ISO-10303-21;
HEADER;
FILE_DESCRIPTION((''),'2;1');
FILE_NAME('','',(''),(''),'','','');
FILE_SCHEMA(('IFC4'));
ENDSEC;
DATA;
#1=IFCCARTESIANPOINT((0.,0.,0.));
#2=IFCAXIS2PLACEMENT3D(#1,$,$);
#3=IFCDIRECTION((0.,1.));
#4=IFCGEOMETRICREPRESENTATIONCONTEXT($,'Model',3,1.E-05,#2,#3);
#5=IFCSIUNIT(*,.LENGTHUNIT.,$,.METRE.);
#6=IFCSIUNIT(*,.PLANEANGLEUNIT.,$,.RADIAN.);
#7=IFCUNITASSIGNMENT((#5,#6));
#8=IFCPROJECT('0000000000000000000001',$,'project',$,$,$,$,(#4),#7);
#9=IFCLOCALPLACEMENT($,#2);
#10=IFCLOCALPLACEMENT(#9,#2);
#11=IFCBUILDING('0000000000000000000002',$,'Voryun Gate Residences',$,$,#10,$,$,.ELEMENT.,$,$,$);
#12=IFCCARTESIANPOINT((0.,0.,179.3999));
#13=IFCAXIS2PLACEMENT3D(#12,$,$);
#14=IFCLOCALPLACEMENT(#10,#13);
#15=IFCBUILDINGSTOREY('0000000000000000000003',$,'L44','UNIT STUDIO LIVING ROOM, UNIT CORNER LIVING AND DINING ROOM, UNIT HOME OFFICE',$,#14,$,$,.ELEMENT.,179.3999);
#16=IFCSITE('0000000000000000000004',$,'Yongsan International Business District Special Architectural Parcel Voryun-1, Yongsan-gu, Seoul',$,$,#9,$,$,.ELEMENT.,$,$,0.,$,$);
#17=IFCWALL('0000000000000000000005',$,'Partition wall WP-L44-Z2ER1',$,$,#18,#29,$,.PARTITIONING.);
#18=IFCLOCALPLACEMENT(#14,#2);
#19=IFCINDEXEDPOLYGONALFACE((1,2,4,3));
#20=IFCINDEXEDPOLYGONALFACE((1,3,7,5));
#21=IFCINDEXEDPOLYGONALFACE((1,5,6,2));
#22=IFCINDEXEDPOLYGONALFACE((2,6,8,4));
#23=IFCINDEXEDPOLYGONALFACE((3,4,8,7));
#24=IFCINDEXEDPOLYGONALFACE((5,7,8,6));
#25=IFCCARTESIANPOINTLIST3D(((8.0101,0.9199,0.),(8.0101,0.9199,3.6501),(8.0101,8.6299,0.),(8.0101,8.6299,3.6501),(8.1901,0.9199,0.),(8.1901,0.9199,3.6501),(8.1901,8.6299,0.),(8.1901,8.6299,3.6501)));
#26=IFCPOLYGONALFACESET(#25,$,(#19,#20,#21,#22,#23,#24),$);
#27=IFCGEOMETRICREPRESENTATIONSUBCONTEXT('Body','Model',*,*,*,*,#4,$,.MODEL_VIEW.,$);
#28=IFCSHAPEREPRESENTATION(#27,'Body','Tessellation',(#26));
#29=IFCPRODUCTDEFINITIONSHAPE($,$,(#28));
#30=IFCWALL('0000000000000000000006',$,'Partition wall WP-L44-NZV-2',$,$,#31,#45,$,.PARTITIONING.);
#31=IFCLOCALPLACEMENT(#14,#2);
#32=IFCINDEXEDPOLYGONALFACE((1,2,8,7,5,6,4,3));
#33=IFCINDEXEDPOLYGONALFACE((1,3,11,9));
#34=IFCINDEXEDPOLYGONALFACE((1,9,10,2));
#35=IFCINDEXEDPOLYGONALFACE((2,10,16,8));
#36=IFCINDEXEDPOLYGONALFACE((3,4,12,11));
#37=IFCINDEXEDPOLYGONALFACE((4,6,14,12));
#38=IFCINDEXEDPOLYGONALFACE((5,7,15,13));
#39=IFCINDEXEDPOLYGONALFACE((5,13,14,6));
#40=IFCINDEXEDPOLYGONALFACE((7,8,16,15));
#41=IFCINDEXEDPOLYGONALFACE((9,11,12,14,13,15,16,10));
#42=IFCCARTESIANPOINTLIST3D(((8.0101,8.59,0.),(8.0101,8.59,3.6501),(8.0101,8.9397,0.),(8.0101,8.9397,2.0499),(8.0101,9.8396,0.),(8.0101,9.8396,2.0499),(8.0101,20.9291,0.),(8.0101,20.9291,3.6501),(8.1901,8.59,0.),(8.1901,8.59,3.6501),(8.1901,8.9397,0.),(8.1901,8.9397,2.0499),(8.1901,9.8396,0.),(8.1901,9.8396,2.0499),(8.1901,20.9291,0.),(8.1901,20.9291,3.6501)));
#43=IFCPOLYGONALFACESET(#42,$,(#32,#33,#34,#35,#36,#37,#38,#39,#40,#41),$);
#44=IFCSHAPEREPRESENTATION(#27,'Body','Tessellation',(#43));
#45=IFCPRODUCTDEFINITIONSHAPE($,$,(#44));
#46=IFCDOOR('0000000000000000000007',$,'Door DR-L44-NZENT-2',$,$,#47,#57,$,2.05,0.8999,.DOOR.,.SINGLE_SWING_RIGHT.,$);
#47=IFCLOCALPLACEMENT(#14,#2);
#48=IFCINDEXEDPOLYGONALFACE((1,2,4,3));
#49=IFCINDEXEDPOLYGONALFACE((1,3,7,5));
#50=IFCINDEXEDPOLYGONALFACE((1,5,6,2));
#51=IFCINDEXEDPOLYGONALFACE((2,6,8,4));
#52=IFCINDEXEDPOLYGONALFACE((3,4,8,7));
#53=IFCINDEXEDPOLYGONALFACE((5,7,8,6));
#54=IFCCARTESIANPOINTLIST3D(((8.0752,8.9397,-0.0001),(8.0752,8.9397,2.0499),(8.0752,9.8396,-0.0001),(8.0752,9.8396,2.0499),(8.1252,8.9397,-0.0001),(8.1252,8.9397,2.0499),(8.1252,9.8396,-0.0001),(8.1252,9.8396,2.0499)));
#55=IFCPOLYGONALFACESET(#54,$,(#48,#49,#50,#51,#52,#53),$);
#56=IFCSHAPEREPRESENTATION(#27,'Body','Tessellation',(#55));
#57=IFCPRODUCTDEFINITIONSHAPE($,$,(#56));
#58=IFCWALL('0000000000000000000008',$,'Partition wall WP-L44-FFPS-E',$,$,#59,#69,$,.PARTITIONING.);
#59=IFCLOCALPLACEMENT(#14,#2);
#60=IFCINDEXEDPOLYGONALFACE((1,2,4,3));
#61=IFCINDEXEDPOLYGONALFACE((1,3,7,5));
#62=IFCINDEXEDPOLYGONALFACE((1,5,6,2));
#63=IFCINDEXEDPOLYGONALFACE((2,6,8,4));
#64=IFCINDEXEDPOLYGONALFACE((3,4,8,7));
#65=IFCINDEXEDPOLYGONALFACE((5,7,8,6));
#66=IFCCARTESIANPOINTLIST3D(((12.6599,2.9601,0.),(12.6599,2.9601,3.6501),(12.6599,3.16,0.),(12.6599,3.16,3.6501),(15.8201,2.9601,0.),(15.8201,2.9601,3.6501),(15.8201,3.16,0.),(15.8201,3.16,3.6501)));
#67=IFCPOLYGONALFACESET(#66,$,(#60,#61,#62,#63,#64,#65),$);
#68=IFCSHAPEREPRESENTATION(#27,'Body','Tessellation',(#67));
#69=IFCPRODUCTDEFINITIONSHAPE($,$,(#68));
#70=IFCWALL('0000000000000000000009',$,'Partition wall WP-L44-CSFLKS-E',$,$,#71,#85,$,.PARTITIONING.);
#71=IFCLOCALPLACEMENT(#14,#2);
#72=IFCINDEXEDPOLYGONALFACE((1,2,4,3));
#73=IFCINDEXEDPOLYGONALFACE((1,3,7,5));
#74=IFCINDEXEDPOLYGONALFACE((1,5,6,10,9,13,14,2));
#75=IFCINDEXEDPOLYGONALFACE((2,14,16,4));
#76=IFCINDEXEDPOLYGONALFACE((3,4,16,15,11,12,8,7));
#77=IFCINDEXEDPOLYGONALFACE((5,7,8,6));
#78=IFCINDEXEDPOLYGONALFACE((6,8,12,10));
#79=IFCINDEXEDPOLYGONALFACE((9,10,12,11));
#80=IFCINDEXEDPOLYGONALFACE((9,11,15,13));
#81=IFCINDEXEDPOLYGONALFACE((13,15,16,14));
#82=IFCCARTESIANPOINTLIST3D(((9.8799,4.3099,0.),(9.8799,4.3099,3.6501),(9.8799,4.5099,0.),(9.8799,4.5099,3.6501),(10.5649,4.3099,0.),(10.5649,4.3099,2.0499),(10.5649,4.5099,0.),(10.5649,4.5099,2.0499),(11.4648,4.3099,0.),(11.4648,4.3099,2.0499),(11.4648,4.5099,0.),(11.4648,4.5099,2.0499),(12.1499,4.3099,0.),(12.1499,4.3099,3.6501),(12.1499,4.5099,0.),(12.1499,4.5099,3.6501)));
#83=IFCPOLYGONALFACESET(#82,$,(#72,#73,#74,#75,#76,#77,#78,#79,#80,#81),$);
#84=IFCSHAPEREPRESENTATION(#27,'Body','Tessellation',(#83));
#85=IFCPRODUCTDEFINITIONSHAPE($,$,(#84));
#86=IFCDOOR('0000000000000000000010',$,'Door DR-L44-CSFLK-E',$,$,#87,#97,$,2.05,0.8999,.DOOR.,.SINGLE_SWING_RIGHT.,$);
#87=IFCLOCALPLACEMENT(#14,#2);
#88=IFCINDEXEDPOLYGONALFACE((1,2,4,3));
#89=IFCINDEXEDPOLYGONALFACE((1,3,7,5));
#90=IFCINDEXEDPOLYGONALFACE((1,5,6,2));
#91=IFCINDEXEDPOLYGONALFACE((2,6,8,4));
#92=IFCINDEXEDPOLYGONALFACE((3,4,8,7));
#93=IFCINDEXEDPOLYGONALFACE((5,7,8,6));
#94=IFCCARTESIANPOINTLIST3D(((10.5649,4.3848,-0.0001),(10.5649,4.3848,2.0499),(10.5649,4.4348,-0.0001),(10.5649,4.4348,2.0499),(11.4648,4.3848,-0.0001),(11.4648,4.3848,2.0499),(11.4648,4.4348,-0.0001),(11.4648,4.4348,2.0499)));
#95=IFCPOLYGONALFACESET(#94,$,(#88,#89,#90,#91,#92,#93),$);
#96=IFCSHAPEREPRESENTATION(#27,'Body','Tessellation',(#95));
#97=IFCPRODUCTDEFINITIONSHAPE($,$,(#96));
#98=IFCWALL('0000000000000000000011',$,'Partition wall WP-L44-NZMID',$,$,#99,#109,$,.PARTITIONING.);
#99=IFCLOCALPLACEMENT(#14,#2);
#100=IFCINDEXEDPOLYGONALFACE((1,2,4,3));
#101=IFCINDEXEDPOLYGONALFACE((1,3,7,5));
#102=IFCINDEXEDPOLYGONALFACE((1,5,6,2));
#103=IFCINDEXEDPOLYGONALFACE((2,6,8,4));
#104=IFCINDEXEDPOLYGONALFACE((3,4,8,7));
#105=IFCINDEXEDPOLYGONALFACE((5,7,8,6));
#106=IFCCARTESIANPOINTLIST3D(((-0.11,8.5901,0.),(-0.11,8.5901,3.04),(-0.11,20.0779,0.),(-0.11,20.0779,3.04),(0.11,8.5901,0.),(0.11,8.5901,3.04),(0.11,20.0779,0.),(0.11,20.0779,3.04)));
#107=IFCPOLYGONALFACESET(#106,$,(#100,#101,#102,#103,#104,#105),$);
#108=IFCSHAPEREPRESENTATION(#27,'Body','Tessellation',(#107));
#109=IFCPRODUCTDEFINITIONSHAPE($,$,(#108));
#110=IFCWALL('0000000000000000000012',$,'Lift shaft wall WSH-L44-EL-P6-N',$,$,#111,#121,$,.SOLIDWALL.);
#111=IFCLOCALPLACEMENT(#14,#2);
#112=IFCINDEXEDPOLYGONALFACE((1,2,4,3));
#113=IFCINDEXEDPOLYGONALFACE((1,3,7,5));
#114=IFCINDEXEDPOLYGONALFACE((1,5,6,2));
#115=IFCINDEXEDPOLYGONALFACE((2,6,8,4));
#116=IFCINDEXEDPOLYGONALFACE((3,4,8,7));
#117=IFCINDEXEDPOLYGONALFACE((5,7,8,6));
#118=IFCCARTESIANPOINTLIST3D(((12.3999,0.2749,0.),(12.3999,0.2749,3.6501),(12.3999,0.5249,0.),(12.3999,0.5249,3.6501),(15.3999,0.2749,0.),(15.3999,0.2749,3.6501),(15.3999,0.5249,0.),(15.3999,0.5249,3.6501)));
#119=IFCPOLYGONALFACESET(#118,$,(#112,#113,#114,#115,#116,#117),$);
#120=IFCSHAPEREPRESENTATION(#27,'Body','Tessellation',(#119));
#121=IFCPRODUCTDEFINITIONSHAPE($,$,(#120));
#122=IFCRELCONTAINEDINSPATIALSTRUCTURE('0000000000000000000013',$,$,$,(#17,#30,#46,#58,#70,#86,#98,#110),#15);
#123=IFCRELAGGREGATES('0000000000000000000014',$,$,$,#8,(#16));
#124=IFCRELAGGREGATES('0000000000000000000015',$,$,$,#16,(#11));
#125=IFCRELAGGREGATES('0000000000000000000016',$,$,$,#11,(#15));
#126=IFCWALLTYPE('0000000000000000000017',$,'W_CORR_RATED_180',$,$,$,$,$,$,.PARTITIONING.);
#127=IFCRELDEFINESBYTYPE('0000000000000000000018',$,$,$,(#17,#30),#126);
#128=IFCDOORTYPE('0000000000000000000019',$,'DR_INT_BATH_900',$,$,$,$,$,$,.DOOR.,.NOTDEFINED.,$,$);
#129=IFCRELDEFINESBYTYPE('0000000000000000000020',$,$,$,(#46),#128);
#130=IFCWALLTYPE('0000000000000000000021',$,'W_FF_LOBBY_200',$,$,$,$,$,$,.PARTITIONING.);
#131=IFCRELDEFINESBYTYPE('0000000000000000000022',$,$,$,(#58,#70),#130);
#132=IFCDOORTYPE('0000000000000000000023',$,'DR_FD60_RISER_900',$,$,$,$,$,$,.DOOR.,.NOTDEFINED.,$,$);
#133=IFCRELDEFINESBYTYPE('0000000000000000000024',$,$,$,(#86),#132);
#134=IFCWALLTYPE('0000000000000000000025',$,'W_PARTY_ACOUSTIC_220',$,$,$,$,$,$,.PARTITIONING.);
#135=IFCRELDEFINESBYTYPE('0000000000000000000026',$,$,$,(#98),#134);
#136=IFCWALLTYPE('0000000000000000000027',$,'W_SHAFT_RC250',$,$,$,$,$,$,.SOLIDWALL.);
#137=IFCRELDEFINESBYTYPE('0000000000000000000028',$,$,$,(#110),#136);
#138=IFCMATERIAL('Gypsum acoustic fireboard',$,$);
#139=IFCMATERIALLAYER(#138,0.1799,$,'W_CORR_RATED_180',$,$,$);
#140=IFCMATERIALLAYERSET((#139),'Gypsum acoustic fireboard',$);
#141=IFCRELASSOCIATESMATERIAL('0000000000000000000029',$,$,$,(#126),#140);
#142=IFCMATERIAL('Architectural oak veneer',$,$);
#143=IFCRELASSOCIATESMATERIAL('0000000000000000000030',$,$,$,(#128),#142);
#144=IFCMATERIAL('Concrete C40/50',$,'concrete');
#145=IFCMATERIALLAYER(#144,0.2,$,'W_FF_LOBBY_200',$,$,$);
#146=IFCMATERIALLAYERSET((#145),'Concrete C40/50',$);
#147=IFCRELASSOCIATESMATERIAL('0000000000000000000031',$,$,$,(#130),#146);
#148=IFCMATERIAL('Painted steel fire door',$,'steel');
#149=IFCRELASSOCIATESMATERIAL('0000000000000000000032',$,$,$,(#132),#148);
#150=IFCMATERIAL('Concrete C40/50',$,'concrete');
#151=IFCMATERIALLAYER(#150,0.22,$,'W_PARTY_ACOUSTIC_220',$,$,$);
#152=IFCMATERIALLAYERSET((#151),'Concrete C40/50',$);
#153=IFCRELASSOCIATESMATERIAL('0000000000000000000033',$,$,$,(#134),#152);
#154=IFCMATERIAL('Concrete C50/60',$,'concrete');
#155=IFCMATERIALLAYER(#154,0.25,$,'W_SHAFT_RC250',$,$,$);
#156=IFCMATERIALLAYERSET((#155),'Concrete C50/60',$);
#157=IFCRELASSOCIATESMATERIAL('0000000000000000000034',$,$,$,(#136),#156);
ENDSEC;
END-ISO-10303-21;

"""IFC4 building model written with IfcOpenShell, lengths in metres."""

from ifc_helpers import new_model, si_unit, direction, frame, frame_2d, origin, place, context, subcontext, project, spatial, rectangle, extrude, material, layer, layer_set, type_object, element, fill, save


model = new_model("IFC4")

# Units and contexts
model_context = context("Model", 3, precision=1e-05, world=origin(), true_north=direction((0.0, 1.0)))
body_context = subcontext(model_context, "Body", "Model", "MODEL_VIEW")
ifc_project = project(units=[si_unit("LENGTHUNIT", "METRE"), si_unit("PLANEANGLEUNIT", "RADIAN")], contexts=[model_context])

# Site, building, storey
site_placement = place(None, origin())
site = spatial("IfcSite", under=ifc_project, at=site_placement, Name="Yongsan International Business District Special Architectural Parcel Voryun-1, Yongsan-gu, Seoul", CompositionType="ELEMENT", RefElevation=0.0)
building_placement = place(site_placement, origin())
building = spatial("IfcBuilding", under=site, at=building_placement, Name="Voryun Gate Residences", CompositionType="ELEMENT")
storey_placement = place(building_placement, frame((0.0, 0.0, 179.3999)))
storey = spatial("IfcBuildingStorey", under=building, at=storey_placement, Name="L44", Description="UNIT STUDIO LIVING ROOM, UNIT CORNER LIVING AND DINING ROOM, UNIT HOME OFFICE", CompositionType="ELEMENT", Elevation=179.3999)

# Wall
ifc_material_1 = material(Name="Gypsum acoustic fireboard")
ifc_layer_1 = layer(ifc_material_1, 0.1799, Name="W_CORR_RATED_180")
ifc_layer_set_1 = layer_set([ifc_layer_1], Name="Gypsum acoustic fireboard")
wall_type_1 = type_object("IfcWallType", Name="W_CORR_RATED_180", PredefinedType="PARTITIONING", material=ifc_layer_set_1)
wall_1_placement = place(storey_placement, frame((8.1001, 0.9199, 0.0), z_axis=(0.0, 0.0, 1.0), x_axis=(0.0, 1.0, 0.0)))
element("IfcWall", 1, at=wall_1_placement, inside=storey, type_object=wall_type_1, Name="Partition wall WP-L44-Z2ER1", PredefinedType="PARTITIONING", context=body_context, shape_type="SweptSolid", body=[
    extrude(rectangle(XDim=7.71, YDim=0.1799, at=frame_2d((3.855, 0.0))), origin(), (0.0, 0.0, 1.0), 3.6501),
])

# Wall, opening, door
wall_2_placement = place(storey_placement, frame((8.1001, 8.5901, 0.0), z_axis=(0.0, 0.0, 1.0), x_axis=(0.0, 1.0, 0.0)))
wall_2 = element("IfcWall", 2, at=wall_2_placement, inside=storey, type_object=wall_type_1, Name="Partition wall WP-L44-NZV-2", PredefinedType="PARTITIONING", context=body_context, shape_type="SweptSolid", body=[
    extrude(rectangle(XDim=12.3391, YDim=0.1799, at=frame_2d((6.1694, 0.0))), origin(), (0.0, 0.0, 1.0), 3.6501),
])
opening_1_placement = place(wall_2_placement, frame((0.3496, 0.0, 0.0)))
opening_1 = element("IfcOpeningElement", 3, at=opening_1_placement, cuts=wall_2, PredefinedType="OPENING", context=body_context, shape_type="SweptSolid", body=[
    extrude(rectangle(XDim=0.8999, YDim=2.05, at=frame_2d((0.45, 1.0249))), frame((0.0, 0.0999, 0.0), z_axis=(0.0, -1.0, 0.0), x_axis=(1.0, 0.0, 0.0)), (0.0, 0.0, 1.0), 0.2),
])
ifc_material_2 = material(Name="Architectural oak veneer")
door_type_1 = type_object("IfcDoorType", Name="DR_INT_BATH_900", OperationType="NOTDEFINED", PredefinedType="DOOR", material=ifc_material_2)
door_1_placement = place(opening_1_placement, origin())
door_1 = element("IfcDoor", 4, at=door_1_placement, inside=storey, type_object=door_type_1, Name="Door DR-L44-NZENT-2", OperationType="SINGLE_SWING_RIGHT", OverallHeight=2.05, OverallWidth=0.8999, PredefinedType="DOOR", context=body_context, shape_type="SweptSolid", body=[
    extrude(rectangle(XDim=0.8999, YDim=2.05, at=frame_2d((0.45, 1.0249))), frame((0.0, 0.0249, 0.0), z_axis=(0.0, -1.0, 0.0), x_axis=(1.0, 0.0, 0.0)), (0.0, 0.0, 1.0), 0.05),
])
fill(opening_1, door_1)

# Wall
ifc_material_3 = material(Name="Concrete C40/50", Category="concrete")
ifc_layer_2 = layer(ifc_material_3, 0.2, Name="W_FF_LOBBY_200")
ifc_layer_set_2 = layer_set([ifc_layer_2], Name="Concrete C40/50")
wall_type_2 = type_object("IfcWallType", Name="W_FF_LOBBY_200", PredefinedType="PARTITIONING", material=ifc_layer_set_2)
wall_3_placement = place(storey_placement, frame((12.6599, 3.0601, 0.0), z_axis=(0.0, 0.0, 1.0), x_axis=(1.0, 0.0, 0.0)))
element("IfcWall", 5, at=wall_3_placement, inside=storey, type_object=wall_type_2, Name="Partition wall WP-L44-FFPS-E", PredefinedType="PARTITIONING", context=body_context, shape_type="SweptSolid", body=[
    extrude(rectangle(XDim=3.1602, YDim=0.2, at=frame_2d((1.5801, 0.0))), origin(), (0.0, 0.0, 1.0), 3.6501),
])

# Wall, opening, door
wall_4_placement = place(storey_placement, frame((9.8799, 4.4099, 0.0), z_axis=(0.0, 0.0, 1.0), x_axis=(1.0, 0.0, 0.0)))
wall_4 = element("IfcWall", 6, at=wall_4_placement, inside=storey, type_object=wall_type_2, Name="Partition wall WP-L44-CSFLKS-E", PredefinedType="PARTITIONING", context=body_context, shape_type="SweptSolid", body=[
    extrude(rectangle(XDim=2.27, YDim=0.2, at=frame_2d((1.135, 0.0))), origin(), (0.0, 0.0, 1.0), 3.6501),
])
opening_2_placement = place(wall_4_placement, frame((0.6851, 0.0, 0.0)))
opening_2 = element("IfcOpeningElement", 7, at=opening_2_placement, cuts=wall_4, PredefinedType="OPENING", context=body_context, shape_type="SweptSolid", body=[
    extrude(rectangle(XDim=0.8999, YDim=2.05, at=frame_2d((0.45, 1.0249))), frame((0.0, 0.1101, 0.0), z_axis=(0.0, -1.0, 0.0), x_axis=(1.0, 0.0, 0.0)), (0.0, 0.0, 1.0), 0.22),
])
ifc_material_4 = material(Name="Painted steel fire door", Category="steel")
door_type_2 = type_object("IfcDoorType", Name="DR_FD60_RISER_900", OperationType="NOTDEFINED", PredefinedType="DOOR", material=ifc_material_4)
door_2_placement = place(opening_2_placement, origin())
door_2 = element("IfcDoor", 8, at=door_2_placement, inside=storey, type_object=door_type_2, Name="Door DR-L44-CSFLK-E", OperationType="SINGLE_SWING_RIGHT", OverallHeight=2.05, OverallWidth=0.8999, PredefinedType="DOOR", context=body_context, shape_type="SweptSolid", body=[
    extrude(rectangle(XDim=0.8999, YDim=2.05, at=frame_2d((0.45, 1.0249))), frame((0.0, 0.0249, 0.0), z_axis=(0.0, -1.0, 0.0), x_axis=(1.0, 0.0, 0.0)), (0.0, 0.0, 1.0), 0.05),
])
fill(opening_2, door_2)

# Walls
ifc_material_5 = material(Name="Concrete C40/50", Category="concrete")
ifc_layer_3 = layer(ifc_material_5, 0.22, Name="W_PARTY_ACOUSTIC_220")
ifc_layer_set_3 = layer_set([ifc_layer_3], Name="Concrete C40/50")
wall_type_3 = type_object("IfcWallType", Name="W_PARTY_ACOUSTIC_220", PredefinedType="PARTITIONING", material=ifc_layer_set_3)
wall_5_placement = place(storey_placement, frame((0.0, 8.5901, 0.0), z_axis=(0.0, 0.0, 1.0), x_axis=(0.0, 1.0, 0.0)))
element("IfcWall", 9, at=wall_5_placement, inside=storey, type_object=wall_type_3, Name="Partition wall WP-L44-NZMID", PredefinedType="PARTITIONING", context=body_context, shape_type="SweptSolid", body=[
    extrude(rectangle(XDim=11.4878, YDim=0.22, at=frame_2d((5.7439, 0.0))), origin(), (0.0, 0.0, 1.0), 3.04),
])
ifc_material_6 = material(Name="Concrete C50/60", Category="concrete")
ifc_layer_4 = layer(ifc_material_6, 0.25, Name="W_SHAFT_RC250")
ifc_layer_set_4 = layer_set([ifc_layer_4], Name="Concrete C50/60")
wall_type_4 = type_object("IfcWallType", Name="W_SHAFT_RC250", PredefinedType="SOLIDWALL", material=ifc_layer_set_4)
wall_6_placement = place(storey_placement, frame((15.3999, 0.3999, 0.0), z_axis=(0.0, 0.0, 1.0), x_axis=(-1.0, 0.0, 0.0)))
element("IfcWall", 10, at=wall_6_placement, inside=storey, type_object=wall_type_4, Name="Lift shaft wall WSH-L44-EL-P6-N", PredefinedType="SOLIDWALL", context=body_context, shape_type="SweptSolid", body=[
    extrude(rectangle(XDim=3.0, YDim=0.25, at=frame_2d((1.5, 0.0))), origin(), (0.0, 0.0, 1.0), 3.6501),
])

save(model, "model.ifc")
